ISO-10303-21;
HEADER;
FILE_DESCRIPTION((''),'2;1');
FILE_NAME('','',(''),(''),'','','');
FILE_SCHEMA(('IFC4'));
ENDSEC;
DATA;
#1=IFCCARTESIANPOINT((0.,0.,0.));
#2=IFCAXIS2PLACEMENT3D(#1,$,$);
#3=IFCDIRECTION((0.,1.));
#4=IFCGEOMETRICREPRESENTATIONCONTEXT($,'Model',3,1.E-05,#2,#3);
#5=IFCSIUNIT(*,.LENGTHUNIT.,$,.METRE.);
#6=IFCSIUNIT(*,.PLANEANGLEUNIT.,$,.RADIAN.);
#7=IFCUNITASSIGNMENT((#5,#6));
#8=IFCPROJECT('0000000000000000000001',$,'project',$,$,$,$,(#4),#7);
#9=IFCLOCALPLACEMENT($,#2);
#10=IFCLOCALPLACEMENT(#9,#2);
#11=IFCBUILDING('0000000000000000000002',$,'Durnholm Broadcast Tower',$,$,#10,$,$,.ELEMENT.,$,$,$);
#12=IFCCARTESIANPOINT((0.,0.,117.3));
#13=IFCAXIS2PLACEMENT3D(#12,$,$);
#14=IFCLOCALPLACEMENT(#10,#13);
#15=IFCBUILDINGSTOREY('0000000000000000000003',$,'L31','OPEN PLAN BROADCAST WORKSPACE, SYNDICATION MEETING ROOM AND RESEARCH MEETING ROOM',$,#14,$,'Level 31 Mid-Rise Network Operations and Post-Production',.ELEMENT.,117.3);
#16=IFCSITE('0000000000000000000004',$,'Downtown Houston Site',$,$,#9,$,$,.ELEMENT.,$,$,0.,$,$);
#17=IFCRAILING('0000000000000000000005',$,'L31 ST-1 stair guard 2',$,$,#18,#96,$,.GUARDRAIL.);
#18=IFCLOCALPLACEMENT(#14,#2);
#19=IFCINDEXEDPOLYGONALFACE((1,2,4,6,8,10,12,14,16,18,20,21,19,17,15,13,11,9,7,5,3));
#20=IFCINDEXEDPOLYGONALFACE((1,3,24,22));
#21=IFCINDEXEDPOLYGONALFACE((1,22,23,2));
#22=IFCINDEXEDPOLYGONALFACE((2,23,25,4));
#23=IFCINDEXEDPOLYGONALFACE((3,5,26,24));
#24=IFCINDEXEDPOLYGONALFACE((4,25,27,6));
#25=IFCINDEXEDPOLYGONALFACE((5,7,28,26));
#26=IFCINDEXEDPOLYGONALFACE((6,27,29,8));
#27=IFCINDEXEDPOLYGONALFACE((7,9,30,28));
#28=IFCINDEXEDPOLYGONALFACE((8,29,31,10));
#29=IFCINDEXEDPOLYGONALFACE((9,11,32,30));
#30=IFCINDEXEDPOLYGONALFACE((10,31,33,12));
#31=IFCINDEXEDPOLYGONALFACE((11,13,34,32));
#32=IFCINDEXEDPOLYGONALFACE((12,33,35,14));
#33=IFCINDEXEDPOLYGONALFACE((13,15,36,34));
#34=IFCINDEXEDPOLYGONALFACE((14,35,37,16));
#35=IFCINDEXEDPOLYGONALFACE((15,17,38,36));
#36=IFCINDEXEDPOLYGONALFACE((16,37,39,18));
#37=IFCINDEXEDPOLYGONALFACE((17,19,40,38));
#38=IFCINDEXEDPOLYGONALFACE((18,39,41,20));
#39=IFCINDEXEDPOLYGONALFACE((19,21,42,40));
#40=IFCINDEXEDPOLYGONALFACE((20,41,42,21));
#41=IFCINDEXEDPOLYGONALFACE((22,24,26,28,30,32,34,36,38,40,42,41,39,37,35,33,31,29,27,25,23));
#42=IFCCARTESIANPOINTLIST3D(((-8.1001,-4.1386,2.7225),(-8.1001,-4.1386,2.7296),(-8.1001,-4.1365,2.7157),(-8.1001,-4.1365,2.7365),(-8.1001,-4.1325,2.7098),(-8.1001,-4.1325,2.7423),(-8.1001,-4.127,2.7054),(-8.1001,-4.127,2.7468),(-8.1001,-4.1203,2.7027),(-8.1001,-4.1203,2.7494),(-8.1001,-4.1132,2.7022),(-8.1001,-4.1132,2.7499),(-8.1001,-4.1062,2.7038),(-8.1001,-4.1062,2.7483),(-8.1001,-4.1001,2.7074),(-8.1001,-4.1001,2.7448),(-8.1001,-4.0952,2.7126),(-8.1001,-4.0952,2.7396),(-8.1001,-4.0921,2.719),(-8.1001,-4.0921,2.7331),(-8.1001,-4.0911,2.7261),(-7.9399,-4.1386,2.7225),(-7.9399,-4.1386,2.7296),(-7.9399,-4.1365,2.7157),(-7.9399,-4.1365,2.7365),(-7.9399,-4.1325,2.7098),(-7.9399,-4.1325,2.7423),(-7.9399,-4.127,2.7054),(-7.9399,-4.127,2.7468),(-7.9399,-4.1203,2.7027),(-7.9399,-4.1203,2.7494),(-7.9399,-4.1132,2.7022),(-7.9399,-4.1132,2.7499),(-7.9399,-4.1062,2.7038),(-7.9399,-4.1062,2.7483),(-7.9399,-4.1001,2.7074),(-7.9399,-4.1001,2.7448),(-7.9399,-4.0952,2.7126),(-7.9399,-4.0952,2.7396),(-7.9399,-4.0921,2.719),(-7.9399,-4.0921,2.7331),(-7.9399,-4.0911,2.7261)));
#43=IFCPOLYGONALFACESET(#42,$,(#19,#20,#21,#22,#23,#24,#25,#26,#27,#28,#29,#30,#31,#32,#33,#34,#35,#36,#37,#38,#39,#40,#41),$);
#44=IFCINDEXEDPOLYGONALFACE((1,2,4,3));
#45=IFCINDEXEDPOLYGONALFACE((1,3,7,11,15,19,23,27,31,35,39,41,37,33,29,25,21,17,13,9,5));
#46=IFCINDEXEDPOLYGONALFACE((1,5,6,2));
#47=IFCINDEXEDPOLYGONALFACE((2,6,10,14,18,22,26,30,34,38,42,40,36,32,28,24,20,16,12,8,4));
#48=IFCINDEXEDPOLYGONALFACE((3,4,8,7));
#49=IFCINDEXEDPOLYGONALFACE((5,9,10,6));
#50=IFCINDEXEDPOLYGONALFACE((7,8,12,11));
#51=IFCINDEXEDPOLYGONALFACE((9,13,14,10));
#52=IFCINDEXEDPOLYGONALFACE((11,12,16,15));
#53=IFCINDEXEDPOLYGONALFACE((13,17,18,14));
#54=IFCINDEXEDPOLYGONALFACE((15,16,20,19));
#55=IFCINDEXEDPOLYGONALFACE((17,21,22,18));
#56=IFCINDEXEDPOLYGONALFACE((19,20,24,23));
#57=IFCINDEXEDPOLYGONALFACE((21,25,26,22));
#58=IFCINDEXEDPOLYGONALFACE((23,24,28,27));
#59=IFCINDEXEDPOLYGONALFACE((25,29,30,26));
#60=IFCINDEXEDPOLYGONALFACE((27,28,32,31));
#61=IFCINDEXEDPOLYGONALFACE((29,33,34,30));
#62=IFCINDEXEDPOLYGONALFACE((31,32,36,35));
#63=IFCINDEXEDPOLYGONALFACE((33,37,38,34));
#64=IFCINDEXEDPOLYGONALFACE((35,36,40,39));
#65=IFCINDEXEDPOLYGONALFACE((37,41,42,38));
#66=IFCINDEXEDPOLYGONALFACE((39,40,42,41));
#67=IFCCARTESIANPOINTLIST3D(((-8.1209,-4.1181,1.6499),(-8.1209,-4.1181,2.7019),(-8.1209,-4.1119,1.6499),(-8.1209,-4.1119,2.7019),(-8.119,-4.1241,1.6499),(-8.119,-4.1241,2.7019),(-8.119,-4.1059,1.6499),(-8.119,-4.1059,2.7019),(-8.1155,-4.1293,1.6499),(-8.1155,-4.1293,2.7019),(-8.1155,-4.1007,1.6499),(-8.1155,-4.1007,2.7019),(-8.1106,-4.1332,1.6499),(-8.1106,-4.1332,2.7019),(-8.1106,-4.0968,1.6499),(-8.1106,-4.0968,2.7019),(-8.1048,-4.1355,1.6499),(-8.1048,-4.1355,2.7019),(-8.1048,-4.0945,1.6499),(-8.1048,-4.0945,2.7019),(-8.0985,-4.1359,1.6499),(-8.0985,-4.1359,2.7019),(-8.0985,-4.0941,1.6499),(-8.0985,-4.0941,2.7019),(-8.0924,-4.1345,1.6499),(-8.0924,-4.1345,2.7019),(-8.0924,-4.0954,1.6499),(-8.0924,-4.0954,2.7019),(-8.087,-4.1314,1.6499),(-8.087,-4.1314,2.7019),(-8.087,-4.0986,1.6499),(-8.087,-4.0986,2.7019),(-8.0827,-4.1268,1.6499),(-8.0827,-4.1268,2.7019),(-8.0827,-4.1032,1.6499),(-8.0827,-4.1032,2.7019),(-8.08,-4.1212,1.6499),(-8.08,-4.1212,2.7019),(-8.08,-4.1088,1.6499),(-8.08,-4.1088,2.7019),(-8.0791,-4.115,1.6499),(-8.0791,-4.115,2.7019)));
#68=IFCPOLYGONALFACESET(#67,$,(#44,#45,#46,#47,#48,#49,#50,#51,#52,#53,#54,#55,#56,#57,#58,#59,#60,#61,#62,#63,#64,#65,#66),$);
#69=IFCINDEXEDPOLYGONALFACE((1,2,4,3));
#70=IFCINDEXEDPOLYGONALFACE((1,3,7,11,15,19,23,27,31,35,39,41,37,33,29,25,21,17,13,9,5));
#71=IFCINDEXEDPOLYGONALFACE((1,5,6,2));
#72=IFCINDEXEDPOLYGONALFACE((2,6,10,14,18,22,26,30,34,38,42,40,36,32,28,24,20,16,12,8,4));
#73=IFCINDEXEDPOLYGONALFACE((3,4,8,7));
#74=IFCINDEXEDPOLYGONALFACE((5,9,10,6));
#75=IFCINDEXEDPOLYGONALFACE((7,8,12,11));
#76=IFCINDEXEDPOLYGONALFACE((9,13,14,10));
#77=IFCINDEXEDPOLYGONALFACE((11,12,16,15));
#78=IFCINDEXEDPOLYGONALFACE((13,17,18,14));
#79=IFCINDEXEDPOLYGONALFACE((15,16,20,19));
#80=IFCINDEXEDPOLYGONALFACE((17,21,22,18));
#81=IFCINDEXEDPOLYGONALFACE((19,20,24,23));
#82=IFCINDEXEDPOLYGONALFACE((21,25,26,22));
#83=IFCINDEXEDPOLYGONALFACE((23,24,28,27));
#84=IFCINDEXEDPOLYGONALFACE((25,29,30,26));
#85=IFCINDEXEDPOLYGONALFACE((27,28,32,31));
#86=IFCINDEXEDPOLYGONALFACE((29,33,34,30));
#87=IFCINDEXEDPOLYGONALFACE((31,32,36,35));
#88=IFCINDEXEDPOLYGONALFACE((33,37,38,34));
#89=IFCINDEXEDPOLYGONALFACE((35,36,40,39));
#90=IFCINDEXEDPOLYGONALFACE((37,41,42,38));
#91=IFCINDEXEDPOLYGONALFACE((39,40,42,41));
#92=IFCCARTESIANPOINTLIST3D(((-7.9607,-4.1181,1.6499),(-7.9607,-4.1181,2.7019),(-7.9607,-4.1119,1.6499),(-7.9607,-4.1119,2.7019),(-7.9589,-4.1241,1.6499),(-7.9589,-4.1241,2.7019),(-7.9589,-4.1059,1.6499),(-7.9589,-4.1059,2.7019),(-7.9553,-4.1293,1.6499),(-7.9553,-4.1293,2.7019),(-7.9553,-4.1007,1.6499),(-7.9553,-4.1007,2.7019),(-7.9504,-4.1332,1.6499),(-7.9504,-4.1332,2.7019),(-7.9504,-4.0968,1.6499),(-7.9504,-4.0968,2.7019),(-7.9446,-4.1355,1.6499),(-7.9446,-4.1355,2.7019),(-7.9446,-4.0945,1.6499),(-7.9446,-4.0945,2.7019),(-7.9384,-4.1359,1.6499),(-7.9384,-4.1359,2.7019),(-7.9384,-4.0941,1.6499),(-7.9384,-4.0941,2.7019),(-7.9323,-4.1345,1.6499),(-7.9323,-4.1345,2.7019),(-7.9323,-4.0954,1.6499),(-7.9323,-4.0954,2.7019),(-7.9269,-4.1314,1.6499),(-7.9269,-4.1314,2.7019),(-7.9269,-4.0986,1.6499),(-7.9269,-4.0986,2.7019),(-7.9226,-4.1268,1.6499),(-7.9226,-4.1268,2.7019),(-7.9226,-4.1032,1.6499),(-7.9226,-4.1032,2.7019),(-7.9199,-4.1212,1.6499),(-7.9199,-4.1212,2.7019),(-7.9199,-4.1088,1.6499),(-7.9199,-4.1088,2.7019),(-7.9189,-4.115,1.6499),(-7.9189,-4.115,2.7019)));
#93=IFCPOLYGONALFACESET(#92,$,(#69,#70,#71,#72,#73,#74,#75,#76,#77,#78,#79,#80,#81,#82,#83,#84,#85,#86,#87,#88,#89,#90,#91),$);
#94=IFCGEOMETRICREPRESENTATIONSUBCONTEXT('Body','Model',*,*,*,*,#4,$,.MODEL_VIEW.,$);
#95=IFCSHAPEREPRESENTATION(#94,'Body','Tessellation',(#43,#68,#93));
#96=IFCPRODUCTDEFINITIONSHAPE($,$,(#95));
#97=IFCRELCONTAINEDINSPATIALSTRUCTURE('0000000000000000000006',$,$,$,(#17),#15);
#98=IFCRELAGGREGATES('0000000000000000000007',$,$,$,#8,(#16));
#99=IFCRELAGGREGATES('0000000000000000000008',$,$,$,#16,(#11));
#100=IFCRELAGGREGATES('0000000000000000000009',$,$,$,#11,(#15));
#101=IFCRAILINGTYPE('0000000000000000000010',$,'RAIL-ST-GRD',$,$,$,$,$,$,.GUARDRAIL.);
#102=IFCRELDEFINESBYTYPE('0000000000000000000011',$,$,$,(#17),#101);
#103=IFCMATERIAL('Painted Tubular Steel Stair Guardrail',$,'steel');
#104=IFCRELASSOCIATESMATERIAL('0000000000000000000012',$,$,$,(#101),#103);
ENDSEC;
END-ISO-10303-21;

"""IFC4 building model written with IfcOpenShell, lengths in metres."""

from ifc_helpers import new_model, si_unit, direction, frame, origin, origin_2d, place, context, subcontext, project, spatial, circle, extrude, material, type_object, element, save


model = new_model("IFC4")

# Units and contexts
model_context = context("Model", 3, precision=1e-05, world=origin(), true_north=direction((0.0, 1.0)))
body_context = subcontext(model_context, "Body", "Model", "MODEL_VIEW")
ifc_project = project(units=[si_unit("LENGTHUNIT", "METRE"), si_unit("PLANEANGLEUNIT", "RADIAN")], contexts=[model_context])

# Site, building, storey
site_placement = place(None, origin())
site = spatial("IfcSite", under=ifc_project, at=site_placement, Name="Downtown Houston Site", CompositionType="ELEMENT", RefElevation=0.0)
building_placement = place(site_placement, origin())
building = spatial("IfcBuilding", under=site, at=building_placement, Name="Durnholm Broadcast Tower", CompositionType="ELEMENT")
storey_placement = place(building_placement, frame((0.0, 0.0, 117.3)))
storey = spatial("IfcBuildingStorey", under=building, at=storey_placement, Name="L31", Description="OPEN PLAN BROADCAST WORKSPACE, SYNDICATION MEETING ROOM AND RESEARCH MEETING ROOM", LongName="Level 31 Mid-Rise Network Operations and Post-Production", CompositionType="ELEMENT", Elevation=117.3)

# Railing
ifc_material_1 = material(Name="Painted Tubular Steel Stair Guardrail", Category="steel")
railing_type_1 = type_object("IfcRailingType", Name="RAIL-ST-GRD", PredefinedType="GUARDRAIL", material=ifc_material_1)
railing_1_placement = place(storey_placement, frame((-8.1001, -4.115, 1.6499)))
element("IfcRailing", 1, at=railing_1_placement, inside=storey, type_object=railing_type_1, Name="L31 ST-1 stair guard 2", PredefinedType="GUARDRAIL", context=body_context, shape_type="SweptSolid", body=[
    extrude(circle(Radius=0.0239, at=origin_2d()), frame((0.0, 0.0, 1.0762), z_axis=(1.0, 0.0, 0.0), x_axis=(0.0, 1.0, 0.0)), (0.0, 0.0, 1.0), 0.1602),
    extrude(circle(Radius=0.021, at=origin_2d()), origin(), (0.0, 0.0, 1.0), 1.052),
    extrude(circle(Radius=0.021, at=origin_2d()), frame((0.1602, 0.0, 0.0)), (0.0, 0.0, 1.0), 1.052),
])

save(model, "model.ifc")
